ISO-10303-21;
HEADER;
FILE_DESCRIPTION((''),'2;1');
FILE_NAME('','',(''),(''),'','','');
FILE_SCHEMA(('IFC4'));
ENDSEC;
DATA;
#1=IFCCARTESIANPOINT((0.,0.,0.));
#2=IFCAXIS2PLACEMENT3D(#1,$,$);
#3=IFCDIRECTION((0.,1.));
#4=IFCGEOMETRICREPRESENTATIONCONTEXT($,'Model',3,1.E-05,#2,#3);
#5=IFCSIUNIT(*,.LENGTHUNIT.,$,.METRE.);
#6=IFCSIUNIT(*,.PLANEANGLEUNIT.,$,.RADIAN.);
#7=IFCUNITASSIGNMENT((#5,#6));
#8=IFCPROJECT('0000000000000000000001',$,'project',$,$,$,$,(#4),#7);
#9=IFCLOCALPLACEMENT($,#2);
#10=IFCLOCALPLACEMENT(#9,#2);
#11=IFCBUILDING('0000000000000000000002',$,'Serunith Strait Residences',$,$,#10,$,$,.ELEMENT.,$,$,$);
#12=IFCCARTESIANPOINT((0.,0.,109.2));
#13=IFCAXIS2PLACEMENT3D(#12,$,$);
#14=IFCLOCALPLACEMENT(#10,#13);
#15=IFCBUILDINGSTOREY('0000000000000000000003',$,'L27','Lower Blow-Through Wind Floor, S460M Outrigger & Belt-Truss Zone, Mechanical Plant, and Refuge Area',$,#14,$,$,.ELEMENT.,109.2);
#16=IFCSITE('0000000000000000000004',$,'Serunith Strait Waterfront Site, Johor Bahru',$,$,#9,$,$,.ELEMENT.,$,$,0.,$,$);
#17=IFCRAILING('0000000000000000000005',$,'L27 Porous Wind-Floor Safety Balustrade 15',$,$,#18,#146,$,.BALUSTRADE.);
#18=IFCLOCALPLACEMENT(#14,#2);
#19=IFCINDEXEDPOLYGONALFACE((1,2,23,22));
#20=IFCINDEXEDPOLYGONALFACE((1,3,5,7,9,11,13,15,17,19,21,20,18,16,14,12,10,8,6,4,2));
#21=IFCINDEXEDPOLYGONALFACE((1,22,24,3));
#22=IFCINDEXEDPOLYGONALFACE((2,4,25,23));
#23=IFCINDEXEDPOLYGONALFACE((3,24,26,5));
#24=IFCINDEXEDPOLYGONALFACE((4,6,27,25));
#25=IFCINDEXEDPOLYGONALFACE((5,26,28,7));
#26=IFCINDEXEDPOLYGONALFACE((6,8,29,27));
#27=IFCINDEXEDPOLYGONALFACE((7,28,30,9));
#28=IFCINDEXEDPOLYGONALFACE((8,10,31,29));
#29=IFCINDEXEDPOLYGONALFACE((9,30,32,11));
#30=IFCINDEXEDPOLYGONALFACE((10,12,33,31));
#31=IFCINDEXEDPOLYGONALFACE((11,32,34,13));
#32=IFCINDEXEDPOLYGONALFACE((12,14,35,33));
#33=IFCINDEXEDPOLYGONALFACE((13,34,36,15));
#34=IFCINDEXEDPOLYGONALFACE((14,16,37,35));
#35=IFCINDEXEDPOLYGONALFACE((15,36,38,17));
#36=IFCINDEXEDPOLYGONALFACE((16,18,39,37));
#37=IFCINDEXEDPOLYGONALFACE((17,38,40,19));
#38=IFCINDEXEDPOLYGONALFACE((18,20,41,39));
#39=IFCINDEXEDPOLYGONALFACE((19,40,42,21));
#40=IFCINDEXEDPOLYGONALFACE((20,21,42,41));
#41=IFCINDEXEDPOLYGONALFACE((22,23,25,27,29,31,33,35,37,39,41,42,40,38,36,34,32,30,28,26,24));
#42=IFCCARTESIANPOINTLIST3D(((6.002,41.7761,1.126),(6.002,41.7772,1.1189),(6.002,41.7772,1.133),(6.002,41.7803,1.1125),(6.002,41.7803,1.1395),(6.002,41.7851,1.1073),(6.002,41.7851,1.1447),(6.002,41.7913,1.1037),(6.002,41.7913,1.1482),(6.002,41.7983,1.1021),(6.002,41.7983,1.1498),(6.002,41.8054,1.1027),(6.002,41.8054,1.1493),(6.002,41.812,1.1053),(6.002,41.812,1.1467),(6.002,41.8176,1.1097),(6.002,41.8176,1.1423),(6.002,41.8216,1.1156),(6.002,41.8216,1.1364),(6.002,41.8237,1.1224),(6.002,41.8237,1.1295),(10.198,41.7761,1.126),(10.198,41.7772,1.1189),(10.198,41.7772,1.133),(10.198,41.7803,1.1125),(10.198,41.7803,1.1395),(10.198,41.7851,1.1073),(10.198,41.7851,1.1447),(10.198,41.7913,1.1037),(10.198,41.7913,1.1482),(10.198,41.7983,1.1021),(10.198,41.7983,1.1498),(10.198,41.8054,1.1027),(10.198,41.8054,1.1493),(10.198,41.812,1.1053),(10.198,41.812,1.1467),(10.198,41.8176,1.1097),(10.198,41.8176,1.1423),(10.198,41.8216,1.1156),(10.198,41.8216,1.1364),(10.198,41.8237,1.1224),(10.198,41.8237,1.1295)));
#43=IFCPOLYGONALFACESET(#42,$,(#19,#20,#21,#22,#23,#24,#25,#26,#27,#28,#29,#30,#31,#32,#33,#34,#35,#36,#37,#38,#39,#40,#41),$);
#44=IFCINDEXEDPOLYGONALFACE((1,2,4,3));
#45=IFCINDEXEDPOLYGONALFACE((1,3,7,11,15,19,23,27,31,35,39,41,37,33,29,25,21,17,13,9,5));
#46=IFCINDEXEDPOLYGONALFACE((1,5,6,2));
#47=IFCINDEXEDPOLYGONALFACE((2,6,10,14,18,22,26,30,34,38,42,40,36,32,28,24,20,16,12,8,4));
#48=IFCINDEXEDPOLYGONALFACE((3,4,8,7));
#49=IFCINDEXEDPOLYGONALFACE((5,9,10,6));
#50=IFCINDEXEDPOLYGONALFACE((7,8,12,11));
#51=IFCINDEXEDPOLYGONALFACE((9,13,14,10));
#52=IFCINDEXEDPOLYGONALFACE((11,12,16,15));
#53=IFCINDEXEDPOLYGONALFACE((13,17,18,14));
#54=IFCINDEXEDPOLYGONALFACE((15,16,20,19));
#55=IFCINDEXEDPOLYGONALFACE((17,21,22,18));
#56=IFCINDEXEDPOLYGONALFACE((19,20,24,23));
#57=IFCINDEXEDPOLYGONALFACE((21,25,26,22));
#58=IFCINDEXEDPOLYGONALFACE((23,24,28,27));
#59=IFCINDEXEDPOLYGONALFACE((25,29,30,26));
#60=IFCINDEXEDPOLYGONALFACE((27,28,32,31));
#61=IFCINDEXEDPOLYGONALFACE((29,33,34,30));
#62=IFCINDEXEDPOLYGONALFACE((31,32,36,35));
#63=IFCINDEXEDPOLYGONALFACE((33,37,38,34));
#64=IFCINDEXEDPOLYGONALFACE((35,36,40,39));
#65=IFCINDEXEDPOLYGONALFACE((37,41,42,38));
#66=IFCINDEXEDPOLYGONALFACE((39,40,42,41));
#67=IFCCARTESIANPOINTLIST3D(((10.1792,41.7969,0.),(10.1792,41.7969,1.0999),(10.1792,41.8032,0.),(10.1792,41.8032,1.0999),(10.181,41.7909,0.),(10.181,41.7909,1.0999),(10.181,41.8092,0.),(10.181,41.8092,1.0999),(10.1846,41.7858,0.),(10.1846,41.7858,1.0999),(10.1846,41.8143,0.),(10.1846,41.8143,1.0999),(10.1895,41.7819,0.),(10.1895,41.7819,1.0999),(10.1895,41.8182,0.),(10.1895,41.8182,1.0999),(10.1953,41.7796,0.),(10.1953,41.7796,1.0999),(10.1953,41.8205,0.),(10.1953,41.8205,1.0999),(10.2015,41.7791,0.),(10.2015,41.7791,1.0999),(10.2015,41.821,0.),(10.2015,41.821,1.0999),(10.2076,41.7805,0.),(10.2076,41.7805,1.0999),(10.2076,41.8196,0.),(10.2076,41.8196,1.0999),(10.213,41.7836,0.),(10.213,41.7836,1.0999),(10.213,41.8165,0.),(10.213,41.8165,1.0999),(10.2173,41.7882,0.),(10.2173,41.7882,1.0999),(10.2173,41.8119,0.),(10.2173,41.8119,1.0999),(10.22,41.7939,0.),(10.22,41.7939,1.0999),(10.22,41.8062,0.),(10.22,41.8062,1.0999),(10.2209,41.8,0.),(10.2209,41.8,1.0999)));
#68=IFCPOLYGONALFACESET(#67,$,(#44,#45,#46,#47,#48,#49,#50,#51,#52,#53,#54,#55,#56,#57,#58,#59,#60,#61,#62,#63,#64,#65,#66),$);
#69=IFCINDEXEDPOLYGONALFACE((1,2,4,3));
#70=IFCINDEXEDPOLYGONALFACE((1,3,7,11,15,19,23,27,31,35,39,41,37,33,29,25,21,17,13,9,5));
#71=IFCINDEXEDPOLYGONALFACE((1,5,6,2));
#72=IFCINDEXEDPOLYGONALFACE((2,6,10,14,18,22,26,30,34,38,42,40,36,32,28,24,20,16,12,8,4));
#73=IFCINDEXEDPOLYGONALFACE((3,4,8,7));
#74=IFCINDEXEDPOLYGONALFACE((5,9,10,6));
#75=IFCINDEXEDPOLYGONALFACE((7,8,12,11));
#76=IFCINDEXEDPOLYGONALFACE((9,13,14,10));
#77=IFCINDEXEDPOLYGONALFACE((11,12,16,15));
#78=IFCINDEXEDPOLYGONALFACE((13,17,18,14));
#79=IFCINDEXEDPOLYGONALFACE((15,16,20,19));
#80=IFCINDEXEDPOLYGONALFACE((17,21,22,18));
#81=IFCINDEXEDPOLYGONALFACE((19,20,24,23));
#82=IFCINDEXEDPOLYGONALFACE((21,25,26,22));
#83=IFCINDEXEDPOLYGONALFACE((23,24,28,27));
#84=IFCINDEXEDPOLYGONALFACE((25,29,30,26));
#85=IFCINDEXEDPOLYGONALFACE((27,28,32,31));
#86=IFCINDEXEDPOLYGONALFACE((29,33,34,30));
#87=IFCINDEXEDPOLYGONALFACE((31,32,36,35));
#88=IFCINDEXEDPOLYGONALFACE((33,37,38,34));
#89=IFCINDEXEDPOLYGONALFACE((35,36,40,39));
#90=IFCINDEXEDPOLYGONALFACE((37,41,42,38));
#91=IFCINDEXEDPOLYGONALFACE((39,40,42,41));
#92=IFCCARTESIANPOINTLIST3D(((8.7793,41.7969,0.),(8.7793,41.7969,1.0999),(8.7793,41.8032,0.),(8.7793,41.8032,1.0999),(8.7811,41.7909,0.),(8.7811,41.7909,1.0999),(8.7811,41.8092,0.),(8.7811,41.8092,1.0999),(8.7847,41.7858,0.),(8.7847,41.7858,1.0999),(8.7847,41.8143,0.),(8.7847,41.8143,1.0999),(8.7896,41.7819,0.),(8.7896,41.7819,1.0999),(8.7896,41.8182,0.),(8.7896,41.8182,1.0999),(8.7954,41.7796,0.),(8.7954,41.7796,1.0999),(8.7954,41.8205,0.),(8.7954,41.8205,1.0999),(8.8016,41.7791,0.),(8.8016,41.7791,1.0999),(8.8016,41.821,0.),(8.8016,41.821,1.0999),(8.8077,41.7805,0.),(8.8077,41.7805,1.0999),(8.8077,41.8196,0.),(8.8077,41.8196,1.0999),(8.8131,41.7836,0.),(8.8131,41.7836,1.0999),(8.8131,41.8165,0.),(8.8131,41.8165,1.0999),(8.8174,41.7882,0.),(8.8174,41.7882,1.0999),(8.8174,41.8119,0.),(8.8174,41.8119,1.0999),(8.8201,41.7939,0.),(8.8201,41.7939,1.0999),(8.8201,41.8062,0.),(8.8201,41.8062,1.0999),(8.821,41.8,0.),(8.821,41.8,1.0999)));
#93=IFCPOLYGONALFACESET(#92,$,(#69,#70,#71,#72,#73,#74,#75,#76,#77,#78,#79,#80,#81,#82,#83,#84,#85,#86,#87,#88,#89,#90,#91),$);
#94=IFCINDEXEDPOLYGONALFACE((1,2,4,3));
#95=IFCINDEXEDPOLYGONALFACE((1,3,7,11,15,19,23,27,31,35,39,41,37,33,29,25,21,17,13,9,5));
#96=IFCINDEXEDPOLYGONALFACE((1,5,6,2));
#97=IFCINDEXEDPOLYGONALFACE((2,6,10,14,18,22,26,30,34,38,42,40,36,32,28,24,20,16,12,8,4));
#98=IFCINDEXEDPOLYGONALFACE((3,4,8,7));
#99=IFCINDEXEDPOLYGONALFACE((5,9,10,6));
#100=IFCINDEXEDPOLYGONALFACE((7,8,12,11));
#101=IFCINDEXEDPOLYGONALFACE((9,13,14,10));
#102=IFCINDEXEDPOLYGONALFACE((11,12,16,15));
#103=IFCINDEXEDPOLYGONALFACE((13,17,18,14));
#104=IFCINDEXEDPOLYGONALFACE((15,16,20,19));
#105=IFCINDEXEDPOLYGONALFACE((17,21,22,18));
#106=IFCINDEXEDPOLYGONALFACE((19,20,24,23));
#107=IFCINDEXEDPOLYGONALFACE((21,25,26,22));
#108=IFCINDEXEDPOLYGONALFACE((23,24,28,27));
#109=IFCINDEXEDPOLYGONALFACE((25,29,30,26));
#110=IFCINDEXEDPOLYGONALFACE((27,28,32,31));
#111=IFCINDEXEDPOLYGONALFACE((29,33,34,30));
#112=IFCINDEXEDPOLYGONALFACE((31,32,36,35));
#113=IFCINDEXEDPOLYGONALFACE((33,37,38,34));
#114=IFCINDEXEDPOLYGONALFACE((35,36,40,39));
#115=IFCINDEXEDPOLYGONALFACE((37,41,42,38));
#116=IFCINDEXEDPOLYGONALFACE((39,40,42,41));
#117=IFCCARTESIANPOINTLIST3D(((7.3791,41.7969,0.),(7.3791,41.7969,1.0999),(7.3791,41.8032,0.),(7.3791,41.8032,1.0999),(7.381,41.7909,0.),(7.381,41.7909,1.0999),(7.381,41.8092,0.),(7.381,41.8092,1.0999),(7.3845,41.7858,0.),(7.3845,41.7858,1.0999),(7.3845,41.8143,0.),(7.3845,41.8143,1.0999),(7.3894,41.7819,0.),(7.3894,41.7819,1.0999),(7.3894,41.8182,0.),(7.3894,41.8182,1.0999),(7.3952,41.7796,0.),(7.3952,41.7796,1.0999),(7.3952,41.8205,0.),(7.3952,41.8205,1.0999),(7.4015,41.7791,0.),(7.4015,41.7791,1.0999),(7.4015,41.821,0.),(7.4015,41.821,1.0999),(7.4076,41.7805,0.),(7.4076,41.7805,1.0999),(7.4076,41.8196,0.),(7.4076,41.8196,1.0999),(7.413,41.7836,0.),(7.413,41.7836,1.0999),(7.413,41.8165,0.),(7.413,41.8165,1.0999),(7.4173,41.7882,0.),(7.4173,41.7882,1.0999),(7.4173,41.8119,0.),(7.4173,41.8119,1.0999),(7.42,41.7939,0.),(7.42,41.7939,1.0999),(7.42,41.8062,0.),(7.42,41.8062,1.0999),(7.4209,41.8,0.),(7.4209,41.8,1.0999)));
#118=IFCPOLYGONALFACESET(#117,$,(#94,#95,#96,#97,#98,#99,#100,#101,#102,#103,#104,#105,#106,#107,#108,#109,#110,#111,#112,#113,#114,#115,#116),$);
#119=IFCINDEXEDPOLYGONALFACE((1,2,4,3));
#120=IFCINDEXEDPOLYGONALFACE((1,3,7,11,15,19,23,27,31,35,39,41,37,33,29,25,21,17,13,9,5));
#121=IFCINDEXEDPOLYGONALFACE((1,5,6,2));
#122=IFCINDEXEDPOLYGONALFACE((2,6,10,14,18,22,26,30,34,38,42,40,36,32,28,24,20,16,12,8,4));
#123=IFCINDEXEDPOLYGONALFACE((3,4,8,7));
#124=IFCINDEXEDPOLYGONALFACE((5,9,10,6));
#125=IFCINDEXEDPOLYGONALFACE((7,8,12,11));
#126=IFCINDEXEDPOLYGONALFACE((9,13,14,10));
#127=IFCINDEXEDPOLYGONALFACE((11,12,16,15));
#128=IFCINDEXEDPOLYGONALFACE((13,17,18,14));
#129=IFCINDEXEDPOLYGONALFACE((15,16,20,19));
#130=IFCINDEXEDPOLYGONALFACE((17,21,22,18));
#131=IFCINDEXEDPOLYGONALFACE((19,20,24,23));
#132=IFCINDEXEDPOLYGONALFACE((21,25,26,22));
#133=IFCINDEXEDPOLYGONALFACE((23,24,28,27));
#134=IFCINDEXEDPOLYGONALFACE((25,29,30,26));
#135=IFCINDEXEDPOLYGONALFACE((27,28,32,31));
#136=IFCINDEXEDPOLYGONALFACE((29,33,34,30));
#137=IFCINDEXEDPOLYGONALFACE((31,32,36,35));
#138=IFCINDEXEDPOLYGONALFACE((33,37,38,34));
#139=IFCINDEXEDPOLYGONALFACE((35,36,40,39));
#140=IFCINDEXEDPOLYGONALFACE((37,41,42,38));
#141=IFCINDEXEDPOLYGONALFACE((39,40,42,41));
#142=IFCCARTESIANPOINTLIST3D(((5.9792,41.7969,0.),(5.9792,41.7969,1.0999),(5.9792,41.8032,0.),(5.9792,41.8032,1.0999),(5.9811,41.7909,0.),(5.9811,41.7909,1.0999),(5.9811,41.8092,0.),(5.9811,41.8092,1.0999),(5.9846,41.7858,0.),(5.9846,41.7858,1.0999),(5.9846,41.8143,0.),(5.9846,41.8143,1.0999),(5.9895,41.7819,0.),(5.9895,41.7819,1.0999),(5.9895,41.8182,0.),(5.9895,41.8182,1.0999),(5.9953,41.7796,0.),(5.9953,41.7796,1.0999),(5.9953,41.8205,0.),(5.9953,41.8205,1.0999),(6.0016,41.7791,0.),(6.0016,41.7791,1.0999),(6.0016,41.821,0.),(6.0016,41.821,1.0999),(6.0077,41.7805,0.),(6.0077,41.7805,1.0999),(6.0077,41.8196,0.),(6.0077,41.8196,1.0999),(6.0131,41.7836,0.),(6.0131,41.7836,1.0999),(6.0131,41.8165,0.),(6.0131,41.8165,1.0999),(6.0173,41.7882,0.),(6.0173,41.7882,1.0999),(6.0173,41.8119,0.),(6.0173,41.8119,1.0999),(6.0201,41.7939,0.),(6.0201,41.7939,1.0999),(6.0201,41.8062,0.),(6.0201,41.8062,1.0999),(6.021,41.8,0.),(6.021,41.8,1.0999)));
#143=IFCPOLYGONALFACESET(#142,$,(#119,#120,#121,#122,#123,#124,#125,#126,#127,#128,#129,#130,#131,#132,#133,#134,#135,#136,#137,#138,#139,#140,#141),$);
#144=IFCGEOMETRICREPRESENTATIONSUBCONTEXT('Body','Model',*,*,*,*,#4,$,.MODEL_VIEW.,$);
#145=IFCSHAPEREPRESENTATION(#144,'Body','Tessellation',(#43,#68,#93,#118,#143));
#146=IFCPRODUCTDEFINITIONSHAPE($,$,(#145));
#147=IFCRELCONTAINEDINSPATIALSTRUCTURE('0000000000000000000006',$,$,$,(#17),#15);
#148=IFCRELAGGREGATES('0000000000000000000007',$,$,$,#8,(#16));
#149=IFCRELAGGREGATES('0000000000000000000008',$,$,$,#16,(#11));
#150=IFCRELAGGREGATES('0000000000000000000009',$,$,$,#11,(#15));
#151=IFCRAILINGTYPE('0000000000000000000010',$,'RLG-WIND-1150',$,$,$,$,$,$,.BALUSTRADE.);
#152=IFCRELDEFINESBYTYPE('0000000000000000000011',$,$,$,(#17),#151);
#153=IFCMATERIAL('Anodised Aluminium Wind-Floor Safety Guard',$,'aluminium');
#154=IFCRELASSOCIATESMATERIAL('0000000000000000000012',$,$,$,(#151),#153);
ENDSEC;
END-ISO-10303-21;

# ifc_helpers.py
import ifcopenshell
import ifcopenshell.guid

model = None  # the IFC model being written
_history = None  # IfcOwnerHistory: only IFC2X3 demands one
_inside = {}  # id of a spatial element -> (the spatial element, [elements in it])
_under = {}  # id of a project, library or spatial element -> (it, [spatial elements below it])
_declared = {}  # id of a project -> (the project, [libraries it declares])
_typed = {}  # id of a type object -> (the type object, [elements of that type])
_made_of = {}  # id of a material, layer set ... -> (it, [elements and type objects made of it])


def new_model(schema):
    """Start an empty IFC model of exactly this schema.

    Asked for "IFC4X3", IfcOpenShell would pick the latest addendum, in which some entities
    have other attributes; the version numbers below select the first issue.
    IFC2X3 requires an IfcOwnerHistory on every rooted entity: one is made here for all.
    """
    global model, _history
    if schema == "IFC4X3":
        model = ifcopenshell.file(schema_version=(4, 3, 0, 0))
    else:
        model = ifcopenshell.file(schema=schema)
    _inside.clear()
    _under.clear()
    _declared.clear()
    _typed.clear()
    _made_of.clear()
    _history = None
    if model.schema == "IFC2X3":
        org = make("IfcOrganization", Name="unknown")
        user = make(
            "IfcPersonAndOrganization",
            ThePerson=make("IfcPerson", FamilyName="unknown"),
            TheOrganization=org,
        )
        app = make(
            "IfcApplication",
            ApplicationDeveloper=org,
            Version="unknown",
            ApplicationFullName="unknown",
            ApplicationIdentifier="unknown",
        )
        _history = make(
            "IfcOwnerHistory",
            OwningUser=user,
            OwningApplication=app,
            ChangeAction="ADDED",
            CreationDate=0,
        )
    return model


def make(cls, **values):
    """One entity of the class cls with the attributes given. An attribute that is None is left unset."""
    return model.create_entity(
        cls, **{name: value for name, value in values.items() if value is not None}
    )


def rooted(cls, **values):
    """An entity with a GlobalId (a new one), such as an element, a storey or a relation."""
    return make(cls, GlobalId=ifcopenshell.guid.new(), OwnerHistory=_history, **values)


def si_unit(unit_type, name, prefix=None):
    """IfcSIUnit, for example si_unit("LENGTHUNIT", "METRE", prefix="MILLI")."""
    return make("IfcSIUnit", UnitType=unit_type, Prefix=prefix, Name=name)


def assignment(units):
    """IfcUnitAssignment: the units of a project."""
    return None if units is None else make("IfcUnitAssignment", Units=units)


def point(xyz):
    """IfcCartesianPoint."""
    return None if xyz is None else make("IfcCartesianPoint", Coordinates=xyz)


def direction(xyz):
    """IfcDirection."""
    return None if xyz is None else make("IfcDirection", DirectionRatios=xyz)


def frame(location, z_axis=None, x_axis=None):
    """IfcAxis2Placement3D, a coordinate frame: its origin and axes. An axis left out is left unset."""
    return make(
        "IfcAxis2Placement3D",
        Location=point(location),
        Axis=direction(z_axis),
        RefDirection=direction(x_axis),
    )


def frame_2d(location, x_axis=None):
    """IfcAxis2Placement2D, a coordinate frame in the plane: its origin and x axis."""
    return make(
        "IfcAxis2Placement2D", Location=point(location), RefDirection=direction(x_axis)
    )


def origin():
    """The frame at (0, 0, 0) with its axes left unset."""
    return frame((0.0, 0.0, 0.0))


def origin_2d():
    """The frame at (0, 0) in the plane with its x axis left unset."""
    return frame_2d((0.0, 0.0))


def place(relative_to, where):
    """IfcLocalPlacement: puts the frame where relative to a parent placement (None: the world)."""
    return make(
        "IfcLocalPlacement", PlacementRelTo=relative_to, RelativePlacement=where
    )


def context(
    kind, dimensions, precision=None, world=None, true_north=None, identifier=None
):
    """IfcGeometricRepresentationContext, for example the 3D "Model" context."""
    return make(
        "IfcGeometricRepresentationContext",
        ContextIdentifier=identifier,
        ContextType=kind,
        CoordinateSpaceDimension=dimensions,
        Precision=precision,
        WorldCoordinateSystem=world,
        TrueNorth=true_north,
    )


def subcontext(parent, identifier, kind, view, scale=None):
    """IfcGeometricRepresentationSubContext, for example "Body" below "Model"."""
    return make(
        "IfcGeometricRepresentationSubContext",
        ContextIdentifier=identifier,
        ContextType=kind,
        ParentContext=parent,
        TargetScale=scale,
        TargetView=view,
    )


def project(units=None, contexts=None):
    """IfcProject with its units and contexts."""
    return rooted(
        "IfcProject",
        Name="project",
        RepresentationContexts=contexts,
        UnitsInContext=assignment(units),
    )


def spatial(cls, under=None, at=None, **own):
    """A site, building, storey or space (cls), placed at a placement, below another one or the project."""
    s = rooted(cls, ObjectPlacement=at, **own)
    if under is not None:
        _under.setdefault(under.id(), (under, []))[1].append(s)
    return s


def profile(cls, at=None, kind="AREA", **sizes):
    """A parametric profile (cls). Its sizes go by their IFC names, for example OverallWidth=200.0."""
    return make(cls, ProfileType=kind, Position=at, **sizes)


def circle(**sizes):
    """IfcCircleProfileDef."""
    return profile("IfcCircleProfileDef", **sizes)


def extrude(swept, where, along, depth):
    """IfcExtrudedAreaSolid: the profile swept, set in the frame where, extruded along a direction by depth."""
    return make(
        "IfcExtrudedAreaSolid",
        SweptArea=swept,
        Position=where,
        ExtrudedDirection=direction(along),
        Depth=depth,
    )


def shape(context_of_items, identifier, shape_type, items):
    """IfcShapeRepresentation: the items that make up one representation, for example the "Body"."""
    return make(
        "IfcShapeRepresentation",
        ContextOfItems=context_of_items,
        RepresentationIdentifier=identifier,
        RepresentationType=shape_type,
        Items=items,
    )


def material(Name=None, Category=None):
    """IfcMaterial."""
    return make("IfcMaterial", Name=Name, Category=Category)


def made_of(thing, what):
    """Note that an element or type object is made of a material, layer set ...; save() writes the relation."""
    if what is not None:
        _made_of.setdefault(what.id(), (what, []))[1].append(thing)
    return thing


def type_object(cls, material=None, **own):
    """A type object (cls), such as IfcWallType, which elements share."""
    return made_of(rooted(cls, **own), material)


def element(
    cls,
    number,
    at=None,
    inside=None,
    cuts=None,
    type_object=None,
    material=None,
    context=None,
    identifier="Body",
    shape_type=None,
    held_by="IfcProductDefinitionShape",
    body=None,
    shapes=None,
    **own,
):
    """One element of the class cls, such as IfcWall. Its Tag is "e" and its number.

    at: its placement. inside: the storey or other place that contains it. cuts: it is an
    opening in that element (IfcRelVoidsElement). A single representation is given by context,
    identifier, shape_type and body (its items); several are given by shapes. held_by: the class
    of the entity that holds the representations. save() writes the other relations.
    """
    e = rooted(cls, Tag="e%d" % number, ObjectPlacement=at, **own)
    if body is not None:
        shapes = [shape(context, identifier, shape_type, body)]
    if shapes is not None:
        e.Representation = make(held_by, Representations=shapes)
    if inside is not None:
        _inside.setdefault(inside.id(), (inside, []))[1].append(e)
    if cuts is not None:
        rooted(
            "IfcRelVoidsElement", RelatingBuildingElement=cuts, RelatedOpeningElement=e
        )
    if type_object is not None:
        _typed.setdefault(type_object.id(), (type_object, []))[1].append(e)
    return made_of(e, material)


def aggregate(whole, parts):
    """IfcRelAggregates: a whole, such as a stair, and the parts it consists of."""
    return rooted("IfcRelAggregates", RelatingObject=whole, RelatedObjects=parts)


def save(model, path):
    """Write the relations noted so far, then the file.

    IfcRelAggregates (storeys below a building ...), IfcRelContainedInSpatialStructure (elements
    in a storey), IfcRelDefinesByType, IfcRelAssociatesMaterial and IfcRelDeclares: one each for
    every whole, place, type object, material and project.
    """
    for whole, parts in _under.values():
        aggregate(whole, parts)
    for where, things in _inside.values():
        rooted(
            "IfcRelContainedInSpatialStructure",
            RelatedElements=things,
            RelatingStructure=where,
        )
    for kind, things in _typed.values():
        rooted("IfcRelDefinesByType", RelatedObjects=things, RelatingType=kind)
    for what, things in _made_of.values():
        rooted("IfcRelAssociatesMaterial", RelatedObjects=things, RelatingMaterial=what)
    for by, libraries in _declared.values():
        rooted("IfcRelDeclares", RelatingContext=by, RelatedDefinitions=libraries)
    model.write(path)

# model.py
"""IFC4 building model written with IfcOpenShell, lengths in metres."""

from ifc_helpers import new_model, si_unit, direction, frame, origin, origin_2d, place, context, subcontext, project, spatial, circle, extrude, material, type_object, element, save


model = new_model("IFC4")

# Units and contexts
model_context = context("Model", 3, precision=1e-05, world=origin(), true_north=direction((0.0, 1.0)))
body_context = subcontext(model_context, "Body", "Model", "MODEL_VIEW")
ifc_project = project(units=[si_unit("LENGTHUNIT", "METRE"), si_unit("PLANEANGLEUNIT", "RADIAN")], contexts=[model_context])

# Site, building, storey
site_placement = place(None, origin())
site = spatial("IfcSite", under=ifc_project, at=site_placement, Name="Serunith Strait Waterfront Site, Johor Bahru", CompositionType="ELEMENT", RefElevation=0.0)
building_placement = place(site_placement, origin())
building = spatial("IfcBuilding", under=site, at=building_placement, Name="Serunith Strait Residences", CompositionType="ELEMENT")
storey_placement = place(building_placement, frame((0.0, 0.0, 109.2)))
storey = spatial("IfcBuildingStorey", under=building, at=storey_placement, Name="L27", Description="Lower Blow-Through Wind Floor, S460M Outrigger & Belt-Truss Zone, Mechanical Plant, and Refuge Area", CompositionType="ELEMENT", Elevation=109.2)

# Railing
ifc_material_1 = material(Name="Anodised Aluminium Wind-Floor Safety Guard", Category="aluminium")
railing_type = type_object("IfcRailingType", Name="RLG-WIND-1150", PredefinedType="BALUSTRADE", material=ifc_material_1)
railing_1_placement = place(storey_placement, frame((10.2, 41.8, 0.0)))
element("IfcRailing", 1, at=railing_1_placement, inside=storey, type_object=railing_type, Name="L27 Porous Wind-Floor Safety Balustrade 15", PredefinedType="BALUSTRADE", context=body_context, shape_type="SweptSolid", body=[
    extrude(circle(Radius=0.0239, at=origin_2d()), frame((-0.002, 0.0, 1.126), z_axis=(-1.0, 0.0, 0.0), x_axis=(0.0, -1.0, 0.0)), (0.0, 0.0, 1.0), 4.196),
    extrude(circle(Radius=0.021, at=origin_2d()), origin(), (0.0, 0.0, 1.0), 1.0999),
    extrude(circle(Radius=0.021, at=origin_2d()), frame((-1.3999, 0.0, 0.0)), (0.0, 0.0, 1.0), 1.0999),
    extrude(circle(Radius=0.021, at=origin_2d()), frame((-2.8, 0.0, 0.0)), (0.0, 0.0, 1.0), 1.0999),
    extrude(circle(Radius=0.021, at=origin_2d()), frame((-4.2, 0.0, 0.0)), (0.0, 0.0, 1.0), 1.0999),
])

save(model, "model.ifc")
